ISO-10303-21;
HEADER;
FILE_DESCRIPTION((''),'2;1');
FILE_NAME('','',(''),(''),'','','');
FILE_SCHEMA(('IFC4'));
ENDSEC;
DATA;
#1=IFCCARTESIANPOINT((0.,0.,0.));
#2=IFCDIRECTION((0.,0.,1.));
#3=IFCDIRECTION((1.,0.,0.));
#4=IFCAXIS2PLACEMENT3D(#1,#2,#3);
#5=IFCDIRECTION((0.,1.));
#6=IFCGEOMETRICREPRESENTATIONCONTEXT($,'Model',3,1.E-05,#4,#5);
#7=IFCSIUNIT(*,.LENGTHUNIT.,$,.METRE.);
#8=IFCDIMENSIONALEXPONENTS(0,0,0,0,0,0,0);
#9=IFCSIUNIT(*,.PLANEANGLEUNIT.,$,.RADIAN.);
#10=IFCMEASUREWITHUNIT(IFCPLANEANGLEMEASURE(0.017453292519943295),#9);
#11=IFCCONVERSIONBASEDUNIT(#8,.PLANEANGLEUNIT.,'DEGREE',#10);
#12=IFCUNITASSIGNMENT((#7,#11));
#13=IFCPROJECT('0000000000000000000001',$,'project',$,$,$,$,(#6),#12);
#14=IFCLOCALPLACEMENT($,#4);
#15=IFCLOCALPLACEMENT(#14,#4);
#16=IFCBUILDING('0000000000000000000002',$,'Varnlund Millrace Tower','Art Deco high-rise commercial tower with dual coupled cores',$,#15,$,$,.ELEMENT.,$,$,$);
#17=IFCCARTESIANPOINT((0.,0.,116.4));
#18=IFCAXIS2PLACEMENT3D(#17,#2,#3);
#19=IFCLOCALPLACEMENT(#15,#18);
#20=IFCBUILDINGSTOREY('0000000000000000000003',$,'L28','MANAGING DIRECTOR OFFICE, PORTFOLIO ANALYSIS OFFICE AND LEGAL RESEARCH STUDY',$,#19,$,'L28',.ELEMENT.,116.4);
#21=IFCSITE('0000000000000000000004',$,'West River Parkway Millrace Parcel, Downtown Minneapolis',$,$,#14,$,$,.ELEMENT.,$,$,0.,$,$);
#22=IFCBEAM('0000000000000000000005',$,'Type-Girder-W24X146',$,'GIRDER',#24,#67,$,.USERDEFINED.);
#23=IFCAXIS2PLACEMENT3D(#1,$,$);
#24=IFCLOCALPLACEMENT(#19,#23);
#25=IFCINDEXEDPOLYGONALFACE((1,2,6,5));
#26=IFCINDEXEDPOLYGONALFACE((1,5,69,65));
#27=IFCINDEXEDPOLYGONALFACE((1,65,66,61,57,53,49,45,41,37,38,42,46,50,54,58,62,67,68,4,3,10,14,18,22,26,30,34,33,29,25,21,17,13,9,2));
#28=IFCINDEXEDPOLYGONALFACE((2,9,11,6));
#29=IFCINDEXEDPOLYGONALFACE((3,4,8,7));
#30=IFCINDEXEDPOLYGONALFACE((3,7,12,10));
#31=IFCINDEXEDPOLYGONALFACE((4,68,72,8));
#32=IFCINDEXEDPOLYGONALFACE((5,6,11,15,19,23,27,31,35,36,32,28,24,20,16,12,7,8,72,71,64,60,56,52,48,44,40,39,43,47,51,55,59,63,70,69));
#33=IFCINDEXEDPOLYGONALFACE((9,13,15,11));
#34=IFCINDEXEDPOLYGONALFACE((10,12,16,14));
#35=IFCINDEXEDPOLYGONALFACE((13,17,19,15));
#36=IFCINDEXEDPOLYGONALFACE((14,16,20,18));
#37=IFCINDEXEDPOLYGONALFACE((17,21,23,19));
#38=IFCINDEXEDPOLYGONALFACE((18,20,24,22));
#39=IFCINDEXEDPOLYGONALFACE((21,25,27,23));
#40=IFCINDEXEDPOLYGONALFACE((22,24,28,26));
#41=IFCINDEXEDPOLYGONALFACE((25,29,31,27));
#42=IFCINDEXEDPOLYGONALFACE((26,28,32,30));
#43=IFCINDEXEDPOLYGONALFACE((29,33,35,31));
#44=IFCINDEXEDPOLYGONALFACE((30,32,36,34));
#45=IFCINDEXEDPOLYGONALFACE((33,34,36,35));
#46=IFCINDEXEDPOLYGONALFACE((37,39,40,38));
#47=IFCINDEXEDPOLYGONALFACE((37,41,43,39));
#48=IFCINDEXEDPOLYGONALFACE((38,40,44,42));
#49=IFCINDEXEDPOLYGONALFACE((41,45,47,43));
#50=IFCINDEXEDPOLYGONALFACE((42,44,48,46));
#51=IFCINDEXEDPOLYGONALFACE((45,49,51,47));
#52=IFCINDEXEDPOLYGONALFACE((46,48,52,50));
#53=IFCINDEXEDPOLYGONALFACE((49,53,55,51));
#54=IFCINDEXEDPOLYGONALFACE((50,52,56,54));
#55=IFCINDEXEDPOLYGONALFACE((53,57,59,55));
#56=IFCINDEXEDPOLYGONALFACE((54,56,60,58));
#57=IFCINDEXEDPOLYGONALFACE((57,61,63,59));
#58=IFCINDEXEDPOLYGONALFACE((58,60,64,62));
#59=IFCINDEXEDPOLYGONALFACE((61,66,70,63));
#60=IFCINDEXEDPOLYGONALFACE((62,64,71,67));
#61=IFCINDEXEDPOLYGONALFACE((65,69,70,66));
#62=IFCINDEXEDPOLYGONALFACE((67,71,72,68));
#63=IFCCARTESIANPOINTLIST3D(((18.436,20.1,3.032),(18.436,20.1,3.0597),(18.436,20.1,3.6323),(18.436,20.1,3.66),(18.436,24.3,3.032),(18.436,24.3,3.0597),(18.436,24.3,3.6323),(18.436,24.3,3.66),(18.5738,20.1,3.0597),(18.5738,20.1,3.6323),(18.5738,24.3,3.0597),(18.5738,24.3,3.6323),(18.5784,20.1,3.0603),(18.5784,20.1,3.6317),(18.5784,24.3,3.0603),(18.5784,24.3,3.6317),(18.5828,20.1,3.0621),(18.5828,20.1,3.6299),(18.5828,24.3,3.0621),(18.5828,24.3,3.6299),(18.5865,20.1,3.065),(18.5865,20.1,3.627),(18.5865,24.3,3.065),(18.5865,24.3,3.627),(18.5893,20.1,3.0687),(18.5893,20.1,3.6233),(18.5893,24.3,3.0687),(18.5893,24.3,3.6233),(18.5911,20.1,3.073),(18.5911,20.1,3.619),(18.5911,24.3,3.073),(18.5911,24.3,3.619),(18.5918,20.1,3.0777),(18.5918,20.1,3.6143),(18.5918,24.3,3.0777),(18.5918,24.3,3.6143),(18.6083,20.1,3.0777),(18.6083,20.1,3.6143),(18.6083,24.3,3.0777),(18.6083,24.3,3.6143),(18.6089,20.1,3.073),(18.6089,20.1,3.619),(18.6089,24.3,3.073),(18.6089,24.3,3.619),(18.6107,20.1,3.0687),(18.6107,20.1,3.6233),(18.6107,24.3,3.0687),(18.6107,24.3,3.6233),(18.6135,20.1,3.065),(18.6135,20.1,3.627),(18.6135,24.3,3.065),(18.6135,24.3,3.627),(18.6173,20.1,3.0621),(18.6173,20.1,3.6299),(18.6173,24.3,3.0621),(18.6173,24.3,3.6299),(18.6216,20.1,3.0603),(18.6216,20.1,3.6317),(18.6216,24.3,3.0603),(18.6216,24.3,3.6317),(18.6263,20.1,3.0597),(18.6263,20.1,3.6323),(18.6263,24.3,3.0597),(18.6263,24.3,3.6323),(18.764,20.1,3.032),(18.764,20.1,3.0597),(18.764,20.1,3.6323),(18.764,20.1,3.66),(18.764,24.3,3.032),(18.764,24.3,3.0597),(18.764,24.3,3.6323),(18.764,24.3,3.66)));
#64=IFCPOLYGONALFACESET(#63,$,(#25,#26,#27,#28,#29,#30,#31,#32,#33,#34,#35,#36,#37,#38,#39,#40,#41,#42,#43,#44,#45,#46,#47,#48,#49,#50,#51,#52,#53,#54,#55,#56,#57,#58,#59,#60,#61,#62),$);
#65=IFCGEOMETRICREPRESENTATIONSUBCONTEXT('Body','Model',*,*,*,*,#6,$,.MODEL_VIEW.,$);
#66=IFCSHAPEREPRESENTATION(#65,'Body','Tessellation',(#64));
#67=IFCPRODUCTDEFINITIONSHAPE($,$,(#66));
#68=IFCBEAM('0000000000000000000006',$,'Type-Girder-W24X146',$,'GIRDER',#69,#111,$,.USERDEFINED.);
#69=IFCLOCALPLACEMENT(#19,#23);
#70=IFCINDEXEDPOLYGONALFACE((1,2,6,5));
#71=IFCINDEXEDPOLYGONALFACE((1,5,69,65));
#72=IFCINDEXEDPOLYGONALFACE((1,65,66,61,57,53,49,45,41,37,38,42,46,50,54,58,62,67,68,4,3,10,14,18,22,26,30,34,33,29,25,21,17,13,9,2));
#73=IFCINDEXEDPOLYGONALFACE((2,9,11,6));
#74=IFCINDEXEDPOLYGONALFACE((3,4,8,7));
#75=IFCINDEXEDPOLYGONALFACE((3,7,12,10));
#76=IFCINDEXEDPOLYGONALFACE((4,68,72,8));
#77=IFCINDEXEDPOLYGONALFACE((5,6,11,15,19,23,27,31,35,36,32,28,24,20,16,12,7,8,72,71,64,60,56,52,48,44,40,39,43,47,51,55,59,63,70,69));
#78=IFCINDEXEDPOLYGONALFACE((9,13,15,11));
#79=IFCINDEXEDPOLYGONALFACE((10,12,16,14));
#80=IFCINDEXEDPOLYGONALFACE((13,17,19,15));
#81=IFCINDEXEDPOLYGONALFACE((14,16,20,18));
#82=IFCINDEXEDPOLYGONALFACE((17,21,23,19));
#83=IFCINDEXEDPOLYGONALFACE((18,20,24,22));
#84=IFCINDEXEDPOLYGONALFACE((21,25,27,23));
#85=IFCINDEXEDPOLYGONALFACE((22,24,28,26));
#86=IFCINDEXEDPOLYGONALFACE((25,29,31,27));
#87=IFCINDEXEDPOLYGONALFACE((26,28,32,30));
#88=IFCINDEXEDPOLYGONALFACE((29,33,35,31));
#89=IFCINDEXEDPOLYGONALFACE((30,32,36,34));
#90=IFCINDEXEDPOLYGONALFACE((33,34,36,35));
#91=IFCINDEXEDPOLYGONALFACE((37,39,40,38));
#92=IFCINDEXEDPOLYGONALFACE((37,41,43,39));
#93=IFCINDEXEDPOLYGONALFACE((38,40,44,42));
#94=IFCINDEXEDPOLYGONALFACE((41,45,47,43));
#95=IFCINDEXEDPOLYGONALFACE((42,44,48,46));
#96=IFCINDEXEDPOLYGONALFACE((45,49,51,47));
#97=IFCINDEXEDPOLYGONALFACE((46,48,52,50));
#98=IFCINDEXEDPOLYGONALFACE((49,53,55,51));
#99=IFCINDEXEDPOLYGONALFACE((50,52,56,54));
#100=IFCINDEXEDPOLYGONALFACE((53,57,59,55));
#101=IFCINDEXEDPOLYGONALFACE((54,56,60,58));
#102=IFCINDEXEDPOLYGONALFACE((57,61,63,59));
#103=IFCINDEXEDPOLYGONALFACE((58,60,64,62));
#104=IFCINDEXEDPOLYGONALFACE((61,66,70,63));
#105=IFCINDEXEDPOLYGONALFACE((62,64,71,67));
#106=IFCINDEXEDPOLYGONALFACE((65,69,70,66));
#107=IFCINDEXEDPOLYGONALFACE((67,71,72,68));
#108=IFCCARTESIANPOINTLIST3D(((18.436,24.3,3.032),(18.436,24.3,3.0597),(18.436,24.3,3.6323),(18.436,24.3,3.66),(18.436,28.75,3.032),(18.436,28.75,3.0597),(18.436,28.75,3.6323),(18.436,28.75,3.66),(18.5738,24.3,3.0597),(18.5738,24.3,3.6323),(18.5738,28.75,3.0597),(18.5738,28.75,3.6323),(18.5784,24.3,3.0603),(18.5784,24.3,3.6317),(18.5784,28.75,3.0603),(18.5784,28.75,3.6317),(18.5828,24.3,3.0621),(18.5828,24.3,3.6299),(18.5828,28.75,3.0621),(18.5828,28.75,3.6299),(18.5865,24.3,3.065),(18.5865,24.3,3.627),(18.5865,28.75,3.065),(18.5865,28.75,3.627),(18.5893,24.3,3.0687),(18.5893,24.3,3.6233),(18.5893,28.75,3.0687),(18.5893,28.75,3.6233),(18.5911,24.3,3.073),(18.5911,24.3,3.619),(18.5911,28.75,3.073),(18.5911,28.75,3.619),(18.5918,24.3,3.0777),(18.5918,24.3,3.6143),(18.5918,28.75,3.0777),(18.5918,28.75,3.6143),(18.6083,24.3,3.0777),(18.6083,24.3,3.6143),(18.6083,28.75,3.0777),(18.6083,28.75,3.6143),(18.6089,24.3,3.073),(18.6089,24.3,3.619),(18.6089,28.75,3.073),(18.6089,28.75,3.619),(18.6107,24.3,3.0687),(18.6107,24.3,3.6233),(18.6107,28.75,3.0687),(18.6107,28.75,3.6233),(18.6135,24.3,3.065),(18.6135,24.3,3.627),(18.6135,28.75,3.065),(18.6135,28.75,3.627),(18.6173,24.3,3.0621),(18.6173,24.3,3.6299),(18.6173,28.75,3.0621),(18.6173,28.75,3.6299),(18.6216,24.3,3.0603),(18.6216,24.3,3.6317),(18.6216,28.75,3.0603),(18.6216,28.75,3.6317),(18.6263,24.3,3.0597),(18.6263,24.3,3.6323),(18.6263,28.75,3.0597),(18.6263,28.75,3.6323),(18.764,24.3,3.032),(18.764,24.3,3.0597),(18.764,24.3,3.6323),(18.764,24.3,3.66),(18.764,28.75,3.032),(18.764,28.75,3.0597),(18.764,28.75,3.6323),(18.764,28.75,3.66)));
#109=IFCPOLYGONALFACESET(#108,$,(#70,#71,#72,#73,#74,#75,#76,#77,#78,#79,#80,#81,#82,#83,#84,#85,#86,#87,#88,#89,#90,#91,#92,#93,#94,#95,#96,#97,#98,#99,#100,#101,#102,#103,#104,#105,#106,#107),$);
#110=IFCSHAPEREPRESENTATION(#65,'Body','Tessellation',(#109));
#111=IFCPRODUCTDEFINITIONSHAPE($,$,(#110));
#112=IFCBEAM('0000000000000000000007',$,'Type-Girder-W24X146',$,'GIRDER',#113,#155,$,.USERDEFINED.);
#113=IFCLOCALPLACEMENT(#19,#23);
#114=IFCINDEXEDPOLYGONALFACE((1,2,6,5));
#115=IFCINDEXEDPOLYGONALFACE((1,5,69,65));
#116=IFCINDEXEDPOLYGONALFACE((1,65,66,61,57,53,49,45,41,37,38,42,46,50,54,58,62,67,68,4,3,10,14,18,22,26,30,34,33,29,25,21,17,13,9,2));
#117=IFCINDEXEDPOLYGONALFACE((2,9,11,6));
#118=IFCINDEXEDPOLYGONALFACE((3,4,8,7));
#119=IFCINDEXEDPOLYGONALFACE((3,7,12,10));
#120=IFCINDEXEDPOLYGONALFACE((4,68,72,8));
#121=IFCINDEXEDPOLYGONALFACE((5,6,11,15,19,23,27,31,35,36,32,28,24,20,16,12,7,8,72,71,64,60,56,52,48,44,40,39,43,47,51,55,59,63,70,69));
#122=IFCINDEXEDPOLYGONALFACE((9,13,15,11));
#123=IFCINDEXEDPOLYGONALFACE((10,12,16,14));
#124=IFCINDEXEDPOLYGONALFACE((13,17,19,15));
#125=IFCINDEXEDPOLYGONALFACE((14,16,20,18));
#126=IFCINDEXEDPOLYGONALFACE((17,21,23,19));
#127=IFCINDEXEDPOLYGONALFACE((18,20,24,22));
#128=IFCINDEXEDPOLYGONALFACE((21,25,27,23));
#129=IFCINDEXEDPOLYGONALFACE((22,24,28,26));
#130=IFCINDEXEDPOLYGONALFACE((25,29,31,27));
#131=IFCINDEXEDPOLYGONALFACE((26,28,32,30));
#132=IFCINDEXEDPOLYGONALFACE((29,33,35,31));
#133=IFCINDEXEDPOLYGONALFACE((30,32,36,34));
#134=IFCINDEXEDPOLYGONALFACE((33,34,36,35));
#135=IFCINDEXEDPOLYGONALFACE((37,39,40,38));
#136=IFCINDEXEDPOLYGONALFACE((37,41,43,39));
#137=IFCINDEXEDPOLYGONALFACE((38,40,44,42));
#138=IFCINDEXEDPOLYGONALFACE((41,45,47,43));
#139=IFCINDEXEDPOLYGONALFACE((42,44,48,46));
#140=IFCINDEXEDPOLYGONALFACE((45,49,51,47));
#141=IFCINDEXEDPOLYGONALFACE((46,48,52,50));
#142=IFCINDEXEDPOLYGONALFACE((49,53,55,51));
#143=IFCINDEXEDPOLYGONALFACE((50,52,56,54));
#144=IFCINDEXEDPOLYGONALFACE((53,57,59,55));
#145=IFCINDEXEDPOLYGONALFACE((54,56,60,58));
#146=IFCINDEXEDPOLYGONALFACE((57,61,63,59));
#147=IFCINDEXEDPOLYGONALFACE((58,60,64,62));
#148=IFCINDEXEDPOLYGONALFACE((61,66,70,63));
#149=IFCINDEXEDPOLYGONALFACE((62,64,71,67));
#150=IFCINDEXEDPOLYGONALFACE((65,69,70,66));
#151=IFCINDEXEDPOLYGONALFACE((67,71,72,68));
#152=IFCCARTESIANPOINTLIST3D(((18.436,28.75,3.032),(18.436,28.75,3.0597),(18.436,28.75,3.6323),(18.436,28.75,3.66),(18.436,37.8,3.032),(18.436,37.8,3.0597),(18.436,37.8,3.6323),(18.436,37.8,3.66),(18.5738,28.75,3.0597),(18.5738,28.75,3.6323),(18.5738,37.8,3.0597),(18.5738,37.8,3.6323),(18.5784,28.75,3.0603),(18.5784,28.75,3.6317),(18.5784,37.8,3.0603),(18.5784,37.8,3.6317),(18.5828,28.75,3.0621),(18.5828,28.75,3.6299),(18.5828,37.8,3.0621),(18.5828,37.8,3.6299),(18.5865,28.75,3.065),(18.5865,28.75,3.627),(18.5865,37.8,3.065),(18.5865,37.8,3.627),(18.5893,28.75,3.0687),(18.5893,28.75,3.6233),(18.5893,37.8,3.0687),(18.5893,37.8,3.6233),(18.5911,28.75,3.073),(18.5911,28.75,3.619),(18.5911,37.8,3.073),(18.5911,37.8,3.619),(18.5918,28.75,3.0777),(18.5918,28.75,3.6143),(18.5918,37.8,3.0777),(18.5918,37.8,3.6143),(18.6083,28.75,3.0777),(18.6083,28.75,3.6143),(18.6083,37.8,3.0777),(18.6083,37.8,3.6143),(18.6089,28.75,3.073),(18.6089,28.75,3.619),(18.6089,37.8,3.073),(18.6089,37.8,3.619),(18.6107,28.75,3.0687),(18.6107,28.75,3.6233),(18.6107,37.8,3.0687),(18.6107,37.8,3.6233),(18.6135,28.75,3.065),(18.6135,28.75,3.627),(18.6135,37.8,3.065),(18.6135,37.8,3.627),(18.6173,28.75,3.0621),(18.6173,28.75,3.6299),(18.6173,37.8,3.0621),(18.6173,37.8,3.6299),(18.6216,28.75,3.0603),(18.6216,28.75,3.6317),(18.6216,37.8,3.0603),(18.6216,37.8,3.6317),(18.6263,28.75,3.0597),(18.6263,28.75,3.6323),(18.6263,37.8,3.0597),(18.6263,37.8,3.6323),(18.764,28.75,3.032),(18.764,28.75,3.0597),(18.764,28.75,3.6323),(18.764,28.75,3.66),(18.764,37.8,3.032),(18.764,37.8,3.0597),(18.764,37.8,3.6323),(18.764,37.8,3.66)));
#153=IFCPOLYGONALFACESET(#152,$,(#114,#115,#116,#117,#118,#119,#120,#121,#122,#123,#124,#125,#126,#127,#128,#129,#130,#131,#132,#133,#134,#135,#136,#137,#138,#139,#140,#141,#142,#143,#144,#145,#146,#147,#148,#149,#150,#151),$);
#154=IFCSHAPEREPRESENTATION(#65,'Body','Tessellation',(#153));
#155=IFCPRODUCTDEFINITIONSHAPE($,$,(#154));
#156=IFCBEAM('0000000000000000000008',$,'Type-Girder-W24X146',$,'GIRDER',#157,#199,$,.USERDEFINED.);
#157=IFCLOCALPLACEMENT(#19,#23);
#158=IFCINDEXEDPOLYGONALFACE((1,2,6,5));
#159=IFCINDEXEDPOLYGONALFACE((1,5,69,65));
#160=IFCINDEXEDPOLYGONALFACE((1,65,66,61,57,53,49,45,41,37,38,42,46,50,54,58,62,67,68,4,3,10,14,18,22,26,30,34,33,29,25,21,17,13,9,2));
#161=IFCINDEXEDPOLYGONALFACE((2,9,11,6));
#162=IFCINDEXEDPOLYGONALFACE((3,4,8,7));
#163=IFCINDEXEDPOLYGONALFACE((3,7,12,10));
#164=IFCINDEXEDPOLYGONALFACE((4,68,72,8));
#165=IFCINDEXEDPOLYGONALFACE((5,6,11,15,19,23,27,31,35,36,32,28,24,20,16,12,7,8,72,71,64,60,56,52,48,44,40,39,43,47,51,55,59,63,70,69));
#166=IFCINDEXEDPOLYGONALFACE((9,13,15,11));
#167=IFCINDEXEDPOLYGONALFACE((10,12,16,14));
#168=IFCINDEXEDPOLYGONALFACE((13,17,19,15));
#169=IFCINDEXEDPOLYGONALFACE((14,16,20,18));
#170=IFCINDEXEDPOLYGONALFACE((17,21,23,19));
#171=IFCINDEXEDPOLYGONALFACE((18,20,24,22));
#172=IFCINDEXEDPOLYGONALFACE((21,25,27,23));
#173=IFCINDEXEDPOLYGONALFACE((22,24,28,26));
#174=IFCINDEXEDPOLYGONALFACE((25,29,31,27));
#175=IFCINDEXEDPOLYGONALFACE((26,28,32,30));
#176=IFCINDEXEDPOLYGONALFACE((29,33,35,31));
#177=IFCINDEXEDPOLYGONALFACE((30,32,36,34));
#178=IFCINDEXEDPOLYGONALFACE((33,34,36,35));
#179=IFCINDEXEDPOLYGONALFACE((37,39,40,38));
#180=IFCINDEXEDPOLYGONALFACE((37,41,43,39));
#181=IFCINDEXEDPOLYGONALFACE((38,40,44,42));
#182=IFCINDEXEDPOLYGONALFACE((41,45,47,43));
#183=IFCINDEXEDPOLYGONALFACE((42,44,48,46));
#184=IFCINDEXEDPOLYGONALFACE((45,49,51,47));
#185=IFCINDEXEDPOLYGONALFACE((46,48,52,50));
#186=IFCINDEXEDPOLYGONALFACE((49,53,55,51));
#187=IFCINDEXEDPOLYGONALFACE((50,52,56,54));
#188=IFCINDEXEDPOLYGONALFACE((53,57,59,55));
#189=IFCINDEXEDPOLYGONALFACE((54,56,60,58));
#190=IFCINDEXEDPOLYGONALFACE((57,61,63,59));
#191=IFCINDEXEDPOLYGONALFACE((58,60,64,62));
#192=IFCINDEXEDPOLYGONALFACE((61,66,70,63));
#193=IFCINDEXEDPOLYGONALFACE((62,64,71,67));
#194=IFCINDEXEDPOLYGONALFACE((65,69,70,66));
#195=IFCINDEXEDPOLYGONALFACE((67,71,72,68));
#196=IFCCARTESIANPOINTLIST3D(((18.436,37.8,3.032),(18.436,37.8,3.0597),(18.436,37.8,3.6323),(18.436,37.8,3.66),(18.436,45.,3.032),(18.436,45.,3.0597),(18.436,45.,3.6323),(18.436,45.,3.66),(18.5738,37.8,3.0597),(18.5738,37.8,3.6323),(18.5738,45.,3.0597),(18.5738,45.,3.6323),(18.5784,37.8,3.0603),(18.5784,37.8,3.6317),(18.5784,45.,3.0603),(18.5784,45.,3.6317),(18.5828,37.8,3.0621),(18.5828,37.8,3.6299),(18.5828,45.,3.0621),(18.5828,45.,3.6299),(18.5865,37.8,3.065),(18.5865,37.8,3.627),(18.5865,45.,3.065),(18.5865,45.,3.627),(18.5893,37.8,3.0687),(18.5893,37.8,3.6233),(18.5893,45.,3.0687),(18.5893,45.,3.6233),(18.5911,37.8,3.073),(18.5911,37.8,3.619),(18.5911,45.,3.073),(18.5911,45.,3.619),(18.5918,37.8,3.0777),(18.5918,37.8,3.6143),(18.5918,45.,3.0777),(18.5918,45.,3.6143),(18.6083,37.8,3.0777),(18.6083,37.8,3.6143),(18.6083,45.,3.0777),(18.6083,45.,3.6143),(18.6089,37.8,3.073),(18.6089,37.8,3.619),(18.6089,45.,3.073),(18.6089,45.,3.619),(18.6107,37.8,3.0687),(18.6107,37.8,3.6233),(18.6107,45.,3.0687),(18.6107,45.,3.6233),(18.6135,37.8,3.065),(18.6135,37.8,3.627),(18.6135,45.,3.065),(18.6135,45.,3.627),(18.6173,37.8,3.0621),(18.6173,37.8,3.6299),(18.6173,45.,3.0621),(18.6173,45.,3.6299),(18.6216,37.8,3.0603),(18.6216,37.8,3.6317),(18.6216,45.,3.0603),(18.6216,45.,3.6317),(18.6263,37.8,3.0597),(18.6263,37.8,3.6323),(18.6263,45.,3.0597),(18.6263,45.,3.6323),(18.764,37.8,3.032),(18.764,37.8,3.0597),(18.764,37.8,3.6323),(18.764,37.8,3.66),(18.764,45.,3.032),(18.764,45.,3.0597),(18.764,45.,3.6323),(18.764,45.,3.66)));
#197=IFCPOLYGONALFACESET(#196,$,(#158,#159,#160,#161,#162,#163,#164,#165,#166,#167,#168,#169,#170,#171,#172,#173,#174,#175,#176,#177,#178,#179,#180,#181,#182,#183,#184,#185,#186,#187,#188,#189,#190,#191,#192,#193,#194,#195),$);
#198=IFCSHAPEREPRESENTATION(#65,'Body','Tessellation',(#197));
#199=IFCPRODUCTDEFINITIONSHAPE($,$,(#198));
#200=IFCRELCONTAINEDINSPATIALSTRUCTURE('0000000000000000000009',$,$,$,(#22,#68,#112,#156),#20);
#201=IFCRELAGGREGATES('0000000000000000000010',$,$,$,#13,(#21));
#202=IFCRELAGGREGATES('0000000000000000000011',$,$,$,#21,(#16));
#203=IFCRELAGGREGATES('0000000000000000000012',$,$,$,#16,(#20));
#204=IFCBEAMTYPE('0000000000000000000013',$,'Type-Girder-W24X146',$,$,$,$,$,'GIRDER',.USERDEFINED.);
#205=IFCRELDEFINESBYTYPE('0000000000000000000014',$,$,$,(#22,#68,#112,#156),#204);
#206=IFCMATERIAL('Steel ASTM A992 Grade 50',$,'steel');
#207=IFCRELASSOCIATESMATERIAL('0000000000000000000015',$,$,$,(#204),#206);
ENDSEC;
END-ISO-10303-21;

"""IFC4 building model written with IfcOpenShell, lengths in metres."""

from ifc_helpers import new_model, entity, si_unit, converted_unit, direction, frame, origin_with_axes, origin_2d_with_axis, place, context, subcontext, project, spatial, i_section, extrude, material, material_profile, profile_set, type_object, element, save


model = new_model("IFC4")

# Units and contexts
model_context = context("Model", 3, precision=1e-05, world=origin_with_axes(), true_north=direction((0.0, 1.0)))
body_context = subcontext(model_context, "Body", "Model", "MODEL_VIEW")
ifc_project = project(units=[si_unit("LENGTHUNIT", "METRE"), converted_unit("PLANEANGLEUNIT", "DEGREE", entity("IfcPlaneAngleMeasure", 0.017453292519943295), si_unit("PLANEANGLEUNIT", "RADIAN"), dimensions=[0, 0, 0, 0, 0, 0, 0])], contexts=[model_context])

# Site, building, storey
site_placement = place(None, origin_with_axes())
site = spatial("IfcSite", under=ifc_project, at=site_placement, Name="West River Parkway Millrace Parcel, Downtown Minneapolis", CompositionType="ELEMENT", RefElevation=0.0)
building_placement = place(site_placement, origin_with_axes())
building = spatial("IfcBuilding", under=site, at=building_placement, Name="Varnlund Millrace Tower", Description="Art Deco high-rise commercial tower with dual coupled cores", CompositionType="ELEMENT")
storey_placement = place(building_placement, frame((0.0, 0.0, 116.4), z_axis=(0.0, 0.0, 1.0), x_axis=(1.0, 0.0, 0.0)))
storey = spatial("IfcBuildingStorey", under=building, at=storey_placement, Name="L28", Description="MANAGING DIRECTOR OFFICE, PORTFOLIO ANALYSIS OFFICE AND LEGAL RESEARCH STUDY", LongName="L28", CompositionType="ELEMENT", Elevation=116.4)

# Beams
ifc_material_1 = material(Name="Steel ASTM A992 Grade 50", Category="steel")
ifc_material_profile_1 = material_profile(ifc_material_1, i_section(OverallWidth=0.328, OverallDepth=0.628, WebThickness=0.0165, FlangeThickness=0.0277, FilletRadius=0.018, at=origin_2d_with_axis()), Name="Steel ASTM A992 Grade 50")
ifc_profile_set_1 = profile_set([ifc_material_profile_1], Name="Steel ASTM A992 Grade 50")
beam_type_1 = type_object("IfcBeamType", Name="Type-Girder-W24X146", ElementType="GIRDER", PredefinedType="USERDEFINED", material=ifc_profile_set_1)
beam_1_placement = place(storey_placement, frame((18.6, 20.1, 3.346), z_axis=(0.0, 1.0, 0.0), x_axis=(-1.0, 0.0, 0.0)))
element("IfcBeam", 1, at=beam_1_placement, inside=storey, type_object=beam_type_1, Name="Type-Girder-W24X146", ObjectType="GIRDER", PredefinedType="USERDEFINED", context=body_context, shape_type="SweptSolid", body=[
    extrude(i_section(OverallWidth=0.328, OverallDepth=0.628, WebThickness=0.0165, FlangeThickness=0.0277, FilletRadius=0.018, at=origin_2d_with_axis()), origin_with_axes(), (0.0, 0.0, 1.0), 4.2),
])
beam_2_placement = place(storey_placement, frame((18.6, 24.3, 3.346), z_axis=(0.0, 1.0, 0.0), x_axis=(-1.0, 0.0, 0.0)))
element("IfcBeam", 2, at=beam_2_placement, inside=storey, type_object=beam_type_1, Name="Type-Girder-W24X146", ObjectType="GIRDER", PredefinedType="USERDEFINED", context=body_context, shape_type="SweptSolid", body=[
    extrude(i_section(OverallWidth=0.328, OverallDepth=0.628, WebThickness=0.0165, FlangeThickness=0.0277, FilletRadius=0.018, at=origin_2d_with_axis()), origin_with_axes(), (0.0, 0.0, 1.0), 4.45),
])
beam_3_placement = place(storey_placement, frame((18.6, 28.75, 3.346), z_axis=(0.0, 1.0, 0.0), x_axis=(-1.0, 0.0, 0.0)))
element("IfcBeam", 3, at=beam_3_placement, inside=storey, type_object=beam_type_1, Name="Type-Girder-W24X146", ObjectType="GIRDER", PredefinedType="USERDEFINED", context=body_context, shape_type="SweptSolid", body=[
    extrude(i_section(OverallWidth=0.328, OverallDepth=0.628, WebThickness=0.0165, FlangeThickness=0.0277, FilletRadius=0.018, at=origin_2d_with_axis()), origin_with_axes(), (0.0, 0.0, 1.0), 9.05),
])
beam_4_placement = place(storey_placement, frame((18.6, 37.8, 3.346), z_axis=(0.0, 1.0, 0.0), x_axis=(-1.0, 0.0, 0.0)))
element("IfcBeam", 4, at=beam_4_placement, inside=storey, type_object=beam_type_1, Name="Type-Girder-W24X146", ObjectType="GIRDER", PredefinedType="USERDEFINED", context=body_context, shape_type="SweptSolid", body=[
    extrude(i_section(OverallWidth=0.328, OverallDepth=0.628, WebThickness=0.0165, FlangeThickness=0.0277, FilletRadius=0.018, at=origin_2d_with_axis()), origin_with_axes(), (0.0, 0.0, 1.0), 7.2),
])

save(model, "model.ifc")
